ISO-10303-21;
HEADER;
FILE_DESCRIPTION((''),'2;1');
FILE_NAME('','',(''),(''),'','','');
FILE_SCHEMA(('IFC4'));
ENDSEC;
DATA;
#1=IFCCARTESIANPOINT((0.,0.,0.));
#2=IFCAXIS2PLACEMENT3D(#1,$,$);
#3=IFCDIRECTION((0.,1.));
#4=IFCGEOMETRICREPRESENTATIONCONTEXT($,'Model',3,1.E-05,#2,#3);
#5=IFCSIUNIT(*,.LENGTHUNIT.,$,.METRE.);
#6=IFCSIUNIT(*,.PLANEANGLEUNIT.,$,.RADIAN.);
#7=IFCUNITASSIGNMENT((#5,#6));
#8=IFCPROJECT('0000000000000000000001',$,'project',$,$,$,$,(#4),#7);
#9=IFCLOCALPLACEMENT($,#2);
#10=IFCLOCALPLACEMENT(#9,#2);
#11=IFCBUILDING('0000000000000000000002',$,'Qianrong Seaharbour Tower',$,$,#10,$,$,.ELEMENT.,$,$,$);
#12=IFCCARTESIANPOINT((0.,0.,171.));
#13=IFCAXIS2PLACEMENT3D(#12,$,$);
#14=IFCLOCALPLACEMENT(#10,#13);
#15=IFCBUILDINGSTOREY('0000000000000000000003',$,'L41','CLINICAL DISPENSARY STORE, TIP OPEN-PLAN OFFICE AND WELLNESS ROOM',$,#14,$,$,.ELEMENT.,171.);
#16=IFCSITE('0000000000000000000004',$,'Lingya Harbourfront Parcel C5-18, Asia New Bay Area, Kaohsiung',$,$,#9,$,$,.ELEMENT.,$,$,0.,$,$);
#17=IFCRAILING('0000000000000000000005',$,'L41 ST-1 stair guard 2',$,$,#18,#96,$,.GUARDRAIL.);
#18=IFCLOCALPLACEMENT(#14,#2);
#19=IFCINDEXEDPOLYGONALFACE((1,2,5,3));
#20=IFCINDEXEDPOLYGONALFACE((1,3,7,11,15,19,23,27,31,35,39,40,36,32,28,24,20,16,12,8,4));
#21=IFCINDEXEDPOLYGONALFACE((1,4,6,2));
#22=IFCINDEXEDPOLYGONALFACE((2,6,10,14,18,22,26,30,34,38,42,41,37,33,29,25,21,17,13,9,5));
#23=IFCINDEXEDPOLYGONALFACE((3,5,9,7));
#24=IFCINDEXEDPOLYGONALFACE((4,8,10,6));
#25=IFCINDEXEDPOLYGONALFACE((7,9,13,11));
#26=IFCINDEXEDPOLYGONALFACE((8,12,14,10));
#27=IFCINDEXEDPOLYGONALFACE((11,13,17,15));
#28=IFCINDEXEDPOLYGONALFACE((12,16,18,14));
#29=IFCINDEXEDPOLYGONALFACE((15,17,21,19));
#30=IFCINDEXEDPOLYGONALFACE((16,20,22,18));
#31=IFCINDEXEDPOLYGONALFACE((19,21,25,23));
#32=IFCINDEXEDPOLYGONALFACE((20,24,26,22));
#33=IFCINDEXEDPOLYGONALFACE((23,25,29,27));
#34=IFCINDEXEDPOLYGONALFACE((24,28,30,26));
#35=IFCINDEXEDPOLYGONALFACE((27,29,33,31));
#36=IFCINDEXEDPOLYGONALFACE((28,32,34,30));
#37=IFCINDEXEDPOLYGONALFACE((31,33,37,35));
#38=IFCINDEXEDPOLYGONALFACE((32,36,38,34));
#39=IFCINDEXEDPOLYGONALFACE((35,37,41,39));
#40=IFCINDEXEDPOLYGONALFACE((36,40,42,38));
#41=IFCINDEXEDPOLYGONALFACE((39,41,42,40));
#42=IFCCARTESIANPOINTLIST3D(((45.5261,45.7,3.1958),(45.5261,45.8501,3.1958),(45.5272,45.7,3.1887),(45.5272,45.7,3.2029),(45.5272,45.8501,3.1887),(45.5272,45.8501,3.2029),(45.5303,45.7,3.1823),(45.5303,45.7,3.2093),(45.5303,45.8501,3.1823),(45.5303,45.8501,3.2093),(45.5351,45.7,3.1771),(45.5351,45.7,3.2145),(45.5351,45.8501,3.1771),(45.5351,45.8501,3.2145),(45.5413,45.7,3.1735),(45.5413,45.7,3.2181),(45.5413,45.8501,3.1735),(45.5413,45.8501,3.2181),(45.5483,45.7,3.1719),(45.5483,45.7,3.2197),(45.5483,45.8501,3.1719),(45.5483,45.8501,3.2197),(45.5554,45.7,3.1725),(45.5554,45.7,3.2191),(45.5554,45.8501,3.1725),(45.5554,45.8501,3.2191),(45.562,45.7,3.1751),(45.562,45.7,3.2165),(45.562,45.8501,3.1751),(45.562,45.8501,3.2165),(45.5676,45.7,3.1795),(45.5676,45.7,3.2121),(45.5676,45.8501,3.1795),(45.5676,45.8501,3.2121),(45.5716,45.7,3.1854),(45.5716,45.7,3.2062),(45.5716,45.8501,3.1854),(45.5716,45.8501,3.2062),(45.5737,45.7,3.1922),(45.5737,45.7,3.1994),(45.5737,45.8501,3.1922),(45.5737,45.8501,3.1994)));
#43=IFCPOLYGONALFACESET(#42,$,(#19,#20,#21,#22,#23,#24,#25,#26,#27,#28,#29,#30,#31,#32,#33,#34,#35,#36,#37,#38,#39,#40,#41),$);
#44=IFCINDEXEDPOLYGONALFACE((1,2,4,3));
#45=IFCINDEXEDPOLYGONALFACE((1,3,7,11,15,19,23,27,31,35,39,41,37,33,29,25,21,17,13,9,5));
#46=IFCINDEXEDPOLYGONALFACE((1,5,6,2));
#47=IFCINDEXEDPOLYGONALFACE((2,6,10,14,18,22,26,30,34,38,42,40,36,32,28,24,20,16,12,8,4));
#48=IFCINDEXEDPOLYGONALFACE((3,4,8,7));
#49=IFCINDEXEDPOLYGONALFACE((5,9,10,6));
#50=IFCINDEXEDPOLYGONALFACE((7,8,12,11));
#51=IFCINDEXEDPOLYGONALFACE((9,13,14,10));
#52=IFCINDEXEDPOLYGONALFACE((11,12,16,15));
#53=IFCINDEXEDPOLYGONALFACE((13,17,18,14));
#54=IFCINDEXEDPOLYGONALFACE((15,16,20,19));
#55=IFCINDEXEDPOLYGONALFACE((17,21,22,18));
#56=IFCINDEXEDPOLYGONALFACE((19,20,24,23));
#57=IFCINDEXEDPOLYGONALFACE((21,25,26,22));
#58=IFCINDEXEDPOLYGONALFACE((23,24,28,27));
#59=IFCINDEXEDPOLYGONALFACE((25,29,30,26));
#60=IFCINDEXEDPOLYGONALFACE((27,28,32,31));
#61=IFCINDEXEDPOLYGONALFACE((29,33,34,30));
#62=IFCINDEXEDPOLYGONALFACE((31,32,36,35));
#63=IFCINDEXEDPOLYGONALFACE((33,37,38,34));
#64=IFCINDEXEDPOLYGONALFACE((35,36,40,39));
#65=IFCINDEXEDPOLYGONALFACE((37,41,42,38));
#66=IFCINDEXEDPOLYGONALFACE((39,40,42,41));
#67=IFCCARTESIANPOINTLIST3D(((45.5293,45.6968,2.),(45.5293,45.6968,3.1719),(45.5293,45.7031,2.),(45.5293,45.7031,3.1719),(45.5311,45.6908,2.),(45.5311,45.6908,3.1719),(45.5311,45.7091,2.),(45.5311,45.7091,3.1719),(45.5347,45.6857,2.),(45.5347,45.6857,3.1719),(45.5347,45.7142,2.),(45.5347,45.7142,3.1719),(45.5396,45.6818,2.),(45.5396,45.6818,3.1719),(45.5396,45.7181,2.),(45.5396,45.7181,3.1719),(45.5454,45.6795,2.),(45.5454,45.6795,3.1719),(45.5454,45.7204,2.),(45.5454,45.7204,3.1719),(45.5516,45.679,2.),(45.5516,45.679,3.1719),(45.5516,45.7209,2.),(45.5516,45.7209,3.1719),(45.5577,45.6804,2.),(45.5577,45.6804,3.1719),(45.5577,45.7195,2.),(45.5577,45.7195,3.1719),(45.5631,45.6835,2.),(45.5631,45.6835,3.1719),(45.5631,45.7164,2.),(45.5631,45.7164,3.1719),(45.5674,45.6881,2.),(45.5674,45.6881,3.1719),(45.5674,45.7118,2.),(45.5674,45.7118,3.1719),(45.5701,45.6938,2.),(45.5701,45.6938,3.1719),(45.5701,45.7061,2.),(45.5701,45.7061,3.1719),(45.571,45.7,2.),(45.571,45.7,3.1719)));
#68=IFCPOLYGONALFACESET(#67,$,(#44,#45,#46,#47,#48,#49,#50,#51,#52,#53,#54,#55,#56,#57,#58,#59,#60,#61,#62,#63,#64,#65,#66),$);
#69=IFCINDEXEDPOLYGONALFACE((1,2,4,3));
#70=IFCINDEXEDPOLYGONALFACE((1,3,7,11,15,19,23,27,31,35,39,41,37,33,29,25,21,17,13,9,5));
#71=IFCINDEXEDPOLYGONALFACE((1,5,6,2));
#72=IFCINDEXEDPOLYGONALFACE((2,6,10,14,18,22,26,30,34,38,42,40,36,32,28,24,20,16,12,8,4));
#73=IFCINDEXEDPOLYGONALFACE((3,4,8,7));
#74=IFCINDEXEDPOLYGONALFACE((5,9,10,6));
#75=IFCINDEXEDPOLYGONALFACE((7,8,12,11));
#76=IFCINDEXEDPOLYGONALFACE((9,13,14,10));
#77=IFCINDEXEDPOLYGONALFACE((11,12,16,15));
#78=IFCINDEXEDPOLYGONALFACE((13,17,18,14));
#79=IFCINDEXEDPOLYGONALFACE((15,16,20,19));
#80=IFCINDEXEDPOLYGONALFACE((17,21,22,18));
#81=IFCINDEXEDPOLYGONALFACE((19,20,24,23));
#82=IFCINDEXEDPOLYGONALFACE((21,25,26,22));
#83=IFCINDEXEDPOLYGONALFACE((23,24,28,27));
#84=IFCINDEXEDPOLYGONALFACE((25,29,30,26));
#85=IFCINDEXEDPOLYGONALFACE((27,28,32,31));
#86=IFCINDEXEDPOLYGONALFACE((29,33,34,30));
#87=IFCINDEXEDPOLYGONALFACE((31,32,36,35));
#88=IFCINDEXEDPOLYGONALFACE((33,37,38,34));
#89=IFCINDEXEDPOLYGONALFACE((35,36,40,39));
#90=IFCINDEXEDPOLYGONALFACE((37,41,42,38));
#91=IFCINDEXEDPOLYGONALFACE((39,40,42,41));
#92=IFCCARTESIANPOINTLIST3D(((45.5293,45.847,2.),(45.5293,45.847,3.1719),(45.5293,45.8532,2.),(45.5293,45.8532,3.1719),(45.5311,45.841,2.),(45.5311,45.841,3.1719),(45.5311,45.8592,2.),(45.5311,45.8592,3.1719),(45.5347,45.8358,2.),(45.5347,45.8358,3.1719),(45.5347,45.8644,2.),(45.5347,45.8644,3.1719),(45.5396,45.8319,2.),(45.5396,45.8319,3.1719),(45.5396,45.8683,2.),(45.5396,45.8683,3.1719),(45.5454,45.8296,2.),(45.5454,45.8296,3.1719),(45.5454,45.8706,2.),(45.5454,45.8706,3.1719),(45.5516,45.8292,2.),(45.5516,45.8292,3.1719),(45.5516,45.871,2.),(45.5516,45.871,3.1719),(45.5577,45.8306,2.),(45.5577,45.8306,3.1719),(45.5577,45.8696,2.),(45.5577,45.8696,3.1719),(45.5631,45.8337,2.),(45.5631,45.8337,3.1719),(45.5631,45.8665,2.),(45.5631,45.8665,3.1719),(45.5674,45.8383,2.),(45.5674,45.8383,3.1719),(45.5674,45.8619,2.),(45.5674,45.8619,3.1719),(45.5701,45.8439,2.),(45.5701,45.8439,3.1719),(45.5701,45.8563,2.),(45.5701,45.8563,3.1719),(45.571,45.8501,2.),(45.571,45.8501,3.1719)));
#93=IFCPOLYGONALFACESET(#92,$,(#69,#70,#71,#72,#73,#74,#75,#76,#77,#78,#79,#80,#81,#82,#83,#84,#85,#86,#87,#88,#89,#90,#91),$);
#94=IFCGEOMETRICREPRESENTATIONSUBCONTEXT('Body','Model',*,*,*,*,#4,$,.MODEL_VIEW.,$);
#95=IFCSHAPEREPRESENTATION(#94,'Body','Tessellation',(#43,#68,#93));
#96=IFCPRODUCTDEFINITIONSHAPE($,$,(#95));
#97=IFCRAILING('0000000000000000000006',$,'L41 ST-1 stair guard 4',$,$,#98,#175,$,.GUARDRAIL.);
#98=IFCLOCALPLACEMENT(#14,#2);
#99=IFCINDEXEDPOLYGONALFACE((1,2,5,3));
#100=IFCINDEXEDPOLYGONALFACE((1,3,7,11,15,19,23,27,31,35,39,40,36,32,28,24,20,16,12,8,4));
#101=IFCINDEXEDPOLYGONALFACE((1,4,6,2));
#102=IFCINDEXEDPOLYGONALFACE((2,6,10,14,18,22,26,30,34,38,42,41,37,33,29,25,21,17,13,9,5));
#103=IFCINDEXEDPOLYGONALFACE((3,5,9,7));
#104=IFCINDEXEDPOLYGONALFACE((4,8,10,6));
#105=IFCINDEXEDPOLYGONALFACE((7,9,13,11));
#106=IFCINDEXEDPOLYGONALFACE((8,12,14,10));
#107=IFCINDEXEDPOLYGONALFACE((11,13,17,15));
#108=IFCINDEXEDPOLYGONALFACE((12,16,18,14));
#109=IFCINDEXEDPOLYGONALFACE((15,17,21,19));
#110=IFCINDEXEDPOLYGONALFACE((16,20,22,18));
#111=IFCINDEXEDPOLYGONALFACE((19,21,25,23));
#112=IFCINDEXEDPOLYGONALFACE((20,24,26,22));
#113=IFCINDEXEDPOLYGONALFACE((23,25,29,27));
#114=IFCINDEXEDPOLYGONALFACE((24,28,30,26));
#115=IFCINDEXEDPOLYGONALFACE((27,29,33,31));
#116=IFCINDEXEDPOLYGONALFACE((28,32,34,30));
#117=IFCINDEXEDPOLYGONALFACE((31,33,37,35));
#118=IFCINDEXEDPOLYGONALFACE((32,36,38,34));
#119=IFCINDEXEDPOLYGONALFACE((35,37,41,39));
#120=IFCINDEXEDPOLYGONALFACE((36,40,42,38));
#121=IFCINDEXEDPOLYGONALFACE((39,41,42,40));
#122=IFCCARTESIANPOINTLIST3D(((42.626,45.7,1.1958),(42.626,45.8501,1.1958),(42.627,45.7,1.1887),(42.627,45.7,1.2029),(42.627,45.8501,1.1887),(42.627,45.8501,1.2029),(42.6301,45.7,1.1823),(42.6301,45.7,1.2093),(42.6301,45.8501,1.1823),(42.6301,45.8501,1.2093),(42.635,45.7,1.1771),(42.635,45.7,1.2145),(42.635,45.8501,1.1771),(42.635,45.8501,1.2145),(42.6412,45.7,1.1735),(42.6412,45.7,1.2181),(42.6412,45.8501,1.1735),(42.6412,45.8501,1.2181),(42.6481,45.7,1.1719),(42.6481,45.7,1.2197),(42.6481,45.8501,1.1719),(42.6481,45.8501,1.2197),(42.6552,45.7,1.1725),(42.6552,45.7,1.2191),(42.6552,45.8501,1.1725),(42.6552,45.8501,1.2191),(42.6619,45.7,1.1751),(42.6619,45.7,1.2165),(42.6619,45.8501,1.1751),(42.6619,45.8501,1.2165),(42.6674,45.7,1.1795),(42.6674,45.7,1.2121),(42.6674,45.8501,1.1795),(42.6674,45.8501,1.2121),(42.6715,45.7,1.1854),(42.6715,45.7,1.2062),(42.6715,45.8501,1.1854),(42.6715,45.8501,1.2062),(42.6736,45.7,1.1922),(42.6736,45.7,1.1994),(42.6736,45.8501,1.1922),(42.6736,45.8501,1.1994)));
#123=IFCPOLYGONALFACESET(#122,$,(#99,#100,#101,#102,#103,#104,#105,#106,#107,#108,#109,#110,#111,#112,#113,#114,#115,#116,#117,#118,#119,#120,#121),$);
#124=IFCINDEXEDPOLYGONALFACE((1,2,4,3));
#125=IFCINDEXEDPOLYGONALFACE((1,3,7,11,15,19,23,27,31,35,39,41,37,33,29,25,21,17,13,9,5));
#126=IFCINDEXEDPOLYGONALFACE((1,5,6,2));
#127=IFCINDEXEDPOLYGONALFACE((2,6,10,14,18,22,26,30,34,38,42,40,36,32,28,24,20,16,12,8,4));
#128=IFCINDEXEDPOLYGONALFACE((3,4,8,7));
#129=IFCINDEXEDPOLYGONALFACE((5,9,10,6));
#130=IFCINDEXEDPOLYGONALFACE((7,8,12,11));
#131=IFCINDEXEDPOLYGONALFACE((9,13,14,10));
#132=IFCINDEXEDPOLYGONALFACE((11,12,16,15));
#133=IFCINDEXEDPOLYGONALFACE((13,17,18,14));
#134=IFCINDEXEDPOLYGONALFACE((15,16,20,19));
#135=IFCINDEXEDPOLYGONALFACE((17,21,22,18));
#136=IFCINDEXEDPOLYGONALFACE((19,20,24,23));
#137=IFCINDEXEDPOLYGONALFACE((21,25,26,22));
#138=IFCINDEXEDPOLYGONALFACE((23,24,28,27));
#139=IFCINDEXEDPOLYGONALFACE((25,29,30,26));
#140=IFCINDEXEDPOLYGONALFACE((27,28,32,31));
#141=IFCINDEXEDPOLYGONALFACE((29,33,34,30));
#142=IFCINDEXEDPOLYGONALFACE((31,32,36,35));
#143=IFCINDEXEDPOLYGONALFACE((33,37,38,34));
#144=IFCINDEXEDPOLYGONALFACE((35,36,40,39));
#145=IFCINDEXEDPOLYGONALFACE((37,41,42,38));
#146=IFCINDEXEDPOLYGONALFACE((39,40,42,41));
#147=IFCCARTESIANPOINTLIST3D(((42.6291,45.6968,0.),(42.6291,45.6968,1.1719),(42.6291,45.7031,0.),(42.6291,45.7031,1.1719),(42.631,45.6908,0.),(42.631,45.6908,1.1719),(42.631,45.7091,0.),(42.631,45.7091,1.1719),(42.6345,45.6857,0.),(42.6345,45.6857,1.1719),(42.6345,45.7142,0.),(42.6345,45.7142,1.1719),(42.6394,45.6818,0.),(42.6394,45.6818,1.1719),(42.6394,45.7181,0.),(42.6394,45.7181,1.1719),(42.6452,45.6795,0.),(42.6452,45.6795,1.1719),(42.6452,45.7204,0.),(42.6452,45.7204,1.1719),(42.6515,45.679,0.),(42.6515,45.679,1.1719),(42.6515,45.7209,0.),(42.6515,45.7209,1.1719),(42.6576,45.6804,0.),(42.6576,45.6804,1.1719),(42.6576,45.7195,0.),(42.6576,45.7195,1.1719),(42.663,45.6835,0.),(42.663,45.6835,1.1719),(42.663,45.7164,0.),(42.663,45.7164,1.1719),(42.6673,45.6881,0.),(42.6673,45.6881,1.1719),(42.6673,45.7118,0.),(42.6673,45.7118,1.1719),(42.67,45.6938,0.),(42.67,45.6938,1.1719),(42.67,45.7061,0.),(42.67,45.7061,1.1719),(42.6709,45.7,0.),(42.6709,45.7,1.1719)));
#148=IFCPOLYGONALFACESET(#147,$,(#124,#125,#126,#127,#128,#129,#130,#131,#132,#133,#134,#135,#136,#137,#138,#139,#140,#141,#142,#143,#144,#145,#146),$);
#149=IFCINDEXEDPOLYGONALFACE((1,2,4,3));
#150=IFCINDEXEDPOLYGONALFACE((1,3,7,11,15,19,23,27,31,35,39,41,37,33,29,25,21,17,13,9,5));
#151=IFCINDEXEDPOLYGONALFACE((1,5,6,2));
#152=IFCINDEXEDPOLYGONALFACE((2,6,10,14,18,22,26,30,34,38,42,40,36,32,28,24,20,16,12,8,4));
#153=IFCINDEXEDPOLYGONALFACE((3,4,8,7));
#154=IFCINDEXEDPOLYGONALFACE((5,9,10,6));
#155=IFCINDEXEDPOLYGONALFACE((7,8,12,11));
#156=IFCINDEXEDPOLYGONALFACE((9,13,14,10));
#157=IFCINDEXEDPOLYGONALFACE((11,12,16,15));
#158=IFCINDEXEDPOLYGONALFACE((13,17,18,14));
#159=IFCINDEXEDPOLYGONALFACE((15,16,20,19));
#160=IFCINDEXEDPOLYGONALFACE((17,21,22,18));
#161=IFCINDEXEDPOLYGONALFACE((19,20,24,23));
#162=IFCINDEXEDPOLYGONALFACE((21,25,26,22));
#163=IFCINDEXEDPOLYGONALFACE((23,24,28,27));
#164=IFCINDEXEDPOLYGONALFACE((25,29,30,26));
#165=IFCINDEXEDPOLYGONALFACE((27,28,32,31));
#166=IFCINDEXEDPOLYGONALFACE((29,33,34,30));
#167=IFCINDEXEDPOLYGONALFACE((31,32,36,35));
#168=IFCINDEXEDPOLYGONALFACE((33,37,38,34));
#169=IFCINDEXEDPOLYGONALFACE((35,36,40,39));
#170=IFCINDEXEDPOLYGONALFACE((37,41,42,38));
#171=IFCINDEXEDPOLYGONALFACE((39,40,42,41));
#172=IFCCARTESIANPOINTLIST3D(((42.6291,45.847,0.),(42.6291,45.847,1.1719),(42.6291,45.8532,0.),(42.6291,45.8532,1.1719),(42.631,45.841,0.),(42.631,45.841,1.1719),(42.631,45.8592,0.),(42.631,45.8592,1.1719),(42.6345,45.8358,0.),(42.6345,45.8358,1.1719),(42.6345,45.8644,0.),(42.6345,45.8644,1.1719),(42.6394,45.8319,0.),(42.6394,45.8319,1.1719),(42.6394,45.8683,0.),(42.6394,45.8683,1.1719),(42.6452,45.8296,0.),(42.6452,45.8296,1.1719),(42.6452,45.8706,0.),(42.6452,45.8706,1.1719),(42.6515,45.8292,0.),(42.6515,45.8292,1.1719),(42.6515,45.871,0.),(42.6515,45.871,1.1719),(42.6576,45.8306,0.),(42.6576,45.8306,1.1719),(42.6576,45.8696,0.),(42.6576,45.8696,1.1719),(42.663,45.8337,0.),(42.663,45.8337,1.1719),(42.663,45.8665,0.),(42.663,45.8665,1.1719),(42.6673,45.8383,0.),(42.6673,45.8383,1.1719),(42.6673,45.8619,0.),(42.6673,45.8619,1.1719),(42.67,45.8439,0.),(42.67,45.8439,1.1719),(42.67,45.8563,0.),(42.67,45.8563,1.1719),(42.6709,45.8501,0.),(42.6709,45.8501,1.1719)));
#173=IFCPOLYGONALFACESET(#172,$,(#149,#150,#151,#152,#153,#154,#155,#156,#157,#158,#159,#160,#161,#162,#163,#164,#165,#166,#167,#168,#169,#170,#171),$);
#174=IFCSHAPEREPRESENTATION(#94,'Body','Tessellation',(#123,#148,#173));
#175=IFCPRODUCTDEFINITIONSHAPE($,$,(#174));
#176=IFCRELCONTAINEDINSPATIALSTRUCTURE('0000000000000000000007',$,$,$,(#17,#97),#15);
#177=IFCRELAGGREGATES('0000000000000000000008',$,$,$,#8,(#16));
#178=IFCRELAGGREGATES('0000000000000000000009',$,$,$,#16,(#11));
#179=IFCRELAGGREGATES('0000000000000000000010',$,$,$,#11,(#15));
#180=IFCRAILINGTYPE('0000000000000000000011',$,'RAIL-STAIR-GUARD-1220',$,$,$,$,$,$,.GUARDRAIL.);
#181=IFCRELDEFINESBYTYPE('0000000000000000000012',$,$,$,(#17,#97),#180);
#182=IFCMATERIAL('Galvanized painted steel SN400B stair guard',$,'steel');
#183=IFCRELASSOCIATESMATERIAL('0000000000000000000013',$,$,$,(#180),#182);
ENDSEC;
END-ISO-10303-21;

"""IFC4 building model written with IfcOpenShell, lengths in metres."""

from ifc_helpers import new_model, si_unit, direction, frame, origin, origin_2d, place, context, subcontext, project, spatial, circle, extrude, material, type_object, element, save


model = new_model("IFC4")

# Units and contexts
model_context = context("Model", 3, precision=1e-05, world=origin(), true_north=direction((0.0, 1.0)))
body_context = subcontext(model_context, "Body", "Model", "MODEL_VIEW")
ifc_project = project(units=[si_unit("LENGTHUNIT", "METRE"), si_unit("PLANEANGLEUNIT", "RADIAN")], contexts=[model_context])

# Site, building, storey
site_placement = place(None, origin())
site = spatial("IfcSite", under=ifc_project, at=site_placement, Name="Lingya Harbourfront Parcel C5-18, Asia New Bay Area, Kaohsiung", CompositionType="ELEMENT", RefElevation=0.0)
building_placement = place(site_placement, origin())
building = spatial("IfcBuilding", under=site, at=building_placement, Name="Qianrong Seaharbour Tower", CompositionType="ELEMENT")
storey_placement = place(building_placement, frame((0.0, 0.0, 171.0)))
storey = spatial("IfcBuildingStorey", under=building, at=storey_placement, Name="L41", Description="CLINICAL DISPENSARY STORE, TIP OPEN-PLAN OFFICE AND WELLNESS ROOM", CompositionType="ELEMENT", Elevation=171.0)

# Railings
ifc_material_1 = material(Name="Galvanized painted steel SN400B stair guard", Category="steel")
railing_type_1 = type_object("IfcRailingType", Name="RAIL-STAIR-GUARD-1220", PredefinedType="GUARDRAIL", material=ifc_material_1)
for number, where, name in (
    (1, (45.55, 45.7, 2.0), "L41 ST-1 stair guard 2"),
    (2, (42.6499, 45.7, 0.0), "L41 ST-1 stair guard 4"),
):
    element("IfcRailing", number, at=place(storey_placement, frame(where)), inside=storey, type_object=railing_type_1, Name=name, PredefinedType="GUARDRAIL", context=body_context, shape_type="SweptSolid", body=[
        extrude(circle(Radius=0.0239, at=origin_2d()), frame((0.0, 0.0, 1.1958), z_axis=(0.0, 1.0, 0.0), x_axis=(-1.0, 0.0, 0.0)), (0.0, 0.0, 1.0), 0.1501),
        extrude(circle(Radius=0.021, at=origin_2d()), origin(), (0.0, 0.0, 1.0), 1.1719),
        extrude(circle(Radius=0.021, at=origin_2d()), frame((0.0, 0.1501, 0.0)), (0.0, 0.0, 1.0), 1.1719),
    ])

save(model, "model.ifc")
